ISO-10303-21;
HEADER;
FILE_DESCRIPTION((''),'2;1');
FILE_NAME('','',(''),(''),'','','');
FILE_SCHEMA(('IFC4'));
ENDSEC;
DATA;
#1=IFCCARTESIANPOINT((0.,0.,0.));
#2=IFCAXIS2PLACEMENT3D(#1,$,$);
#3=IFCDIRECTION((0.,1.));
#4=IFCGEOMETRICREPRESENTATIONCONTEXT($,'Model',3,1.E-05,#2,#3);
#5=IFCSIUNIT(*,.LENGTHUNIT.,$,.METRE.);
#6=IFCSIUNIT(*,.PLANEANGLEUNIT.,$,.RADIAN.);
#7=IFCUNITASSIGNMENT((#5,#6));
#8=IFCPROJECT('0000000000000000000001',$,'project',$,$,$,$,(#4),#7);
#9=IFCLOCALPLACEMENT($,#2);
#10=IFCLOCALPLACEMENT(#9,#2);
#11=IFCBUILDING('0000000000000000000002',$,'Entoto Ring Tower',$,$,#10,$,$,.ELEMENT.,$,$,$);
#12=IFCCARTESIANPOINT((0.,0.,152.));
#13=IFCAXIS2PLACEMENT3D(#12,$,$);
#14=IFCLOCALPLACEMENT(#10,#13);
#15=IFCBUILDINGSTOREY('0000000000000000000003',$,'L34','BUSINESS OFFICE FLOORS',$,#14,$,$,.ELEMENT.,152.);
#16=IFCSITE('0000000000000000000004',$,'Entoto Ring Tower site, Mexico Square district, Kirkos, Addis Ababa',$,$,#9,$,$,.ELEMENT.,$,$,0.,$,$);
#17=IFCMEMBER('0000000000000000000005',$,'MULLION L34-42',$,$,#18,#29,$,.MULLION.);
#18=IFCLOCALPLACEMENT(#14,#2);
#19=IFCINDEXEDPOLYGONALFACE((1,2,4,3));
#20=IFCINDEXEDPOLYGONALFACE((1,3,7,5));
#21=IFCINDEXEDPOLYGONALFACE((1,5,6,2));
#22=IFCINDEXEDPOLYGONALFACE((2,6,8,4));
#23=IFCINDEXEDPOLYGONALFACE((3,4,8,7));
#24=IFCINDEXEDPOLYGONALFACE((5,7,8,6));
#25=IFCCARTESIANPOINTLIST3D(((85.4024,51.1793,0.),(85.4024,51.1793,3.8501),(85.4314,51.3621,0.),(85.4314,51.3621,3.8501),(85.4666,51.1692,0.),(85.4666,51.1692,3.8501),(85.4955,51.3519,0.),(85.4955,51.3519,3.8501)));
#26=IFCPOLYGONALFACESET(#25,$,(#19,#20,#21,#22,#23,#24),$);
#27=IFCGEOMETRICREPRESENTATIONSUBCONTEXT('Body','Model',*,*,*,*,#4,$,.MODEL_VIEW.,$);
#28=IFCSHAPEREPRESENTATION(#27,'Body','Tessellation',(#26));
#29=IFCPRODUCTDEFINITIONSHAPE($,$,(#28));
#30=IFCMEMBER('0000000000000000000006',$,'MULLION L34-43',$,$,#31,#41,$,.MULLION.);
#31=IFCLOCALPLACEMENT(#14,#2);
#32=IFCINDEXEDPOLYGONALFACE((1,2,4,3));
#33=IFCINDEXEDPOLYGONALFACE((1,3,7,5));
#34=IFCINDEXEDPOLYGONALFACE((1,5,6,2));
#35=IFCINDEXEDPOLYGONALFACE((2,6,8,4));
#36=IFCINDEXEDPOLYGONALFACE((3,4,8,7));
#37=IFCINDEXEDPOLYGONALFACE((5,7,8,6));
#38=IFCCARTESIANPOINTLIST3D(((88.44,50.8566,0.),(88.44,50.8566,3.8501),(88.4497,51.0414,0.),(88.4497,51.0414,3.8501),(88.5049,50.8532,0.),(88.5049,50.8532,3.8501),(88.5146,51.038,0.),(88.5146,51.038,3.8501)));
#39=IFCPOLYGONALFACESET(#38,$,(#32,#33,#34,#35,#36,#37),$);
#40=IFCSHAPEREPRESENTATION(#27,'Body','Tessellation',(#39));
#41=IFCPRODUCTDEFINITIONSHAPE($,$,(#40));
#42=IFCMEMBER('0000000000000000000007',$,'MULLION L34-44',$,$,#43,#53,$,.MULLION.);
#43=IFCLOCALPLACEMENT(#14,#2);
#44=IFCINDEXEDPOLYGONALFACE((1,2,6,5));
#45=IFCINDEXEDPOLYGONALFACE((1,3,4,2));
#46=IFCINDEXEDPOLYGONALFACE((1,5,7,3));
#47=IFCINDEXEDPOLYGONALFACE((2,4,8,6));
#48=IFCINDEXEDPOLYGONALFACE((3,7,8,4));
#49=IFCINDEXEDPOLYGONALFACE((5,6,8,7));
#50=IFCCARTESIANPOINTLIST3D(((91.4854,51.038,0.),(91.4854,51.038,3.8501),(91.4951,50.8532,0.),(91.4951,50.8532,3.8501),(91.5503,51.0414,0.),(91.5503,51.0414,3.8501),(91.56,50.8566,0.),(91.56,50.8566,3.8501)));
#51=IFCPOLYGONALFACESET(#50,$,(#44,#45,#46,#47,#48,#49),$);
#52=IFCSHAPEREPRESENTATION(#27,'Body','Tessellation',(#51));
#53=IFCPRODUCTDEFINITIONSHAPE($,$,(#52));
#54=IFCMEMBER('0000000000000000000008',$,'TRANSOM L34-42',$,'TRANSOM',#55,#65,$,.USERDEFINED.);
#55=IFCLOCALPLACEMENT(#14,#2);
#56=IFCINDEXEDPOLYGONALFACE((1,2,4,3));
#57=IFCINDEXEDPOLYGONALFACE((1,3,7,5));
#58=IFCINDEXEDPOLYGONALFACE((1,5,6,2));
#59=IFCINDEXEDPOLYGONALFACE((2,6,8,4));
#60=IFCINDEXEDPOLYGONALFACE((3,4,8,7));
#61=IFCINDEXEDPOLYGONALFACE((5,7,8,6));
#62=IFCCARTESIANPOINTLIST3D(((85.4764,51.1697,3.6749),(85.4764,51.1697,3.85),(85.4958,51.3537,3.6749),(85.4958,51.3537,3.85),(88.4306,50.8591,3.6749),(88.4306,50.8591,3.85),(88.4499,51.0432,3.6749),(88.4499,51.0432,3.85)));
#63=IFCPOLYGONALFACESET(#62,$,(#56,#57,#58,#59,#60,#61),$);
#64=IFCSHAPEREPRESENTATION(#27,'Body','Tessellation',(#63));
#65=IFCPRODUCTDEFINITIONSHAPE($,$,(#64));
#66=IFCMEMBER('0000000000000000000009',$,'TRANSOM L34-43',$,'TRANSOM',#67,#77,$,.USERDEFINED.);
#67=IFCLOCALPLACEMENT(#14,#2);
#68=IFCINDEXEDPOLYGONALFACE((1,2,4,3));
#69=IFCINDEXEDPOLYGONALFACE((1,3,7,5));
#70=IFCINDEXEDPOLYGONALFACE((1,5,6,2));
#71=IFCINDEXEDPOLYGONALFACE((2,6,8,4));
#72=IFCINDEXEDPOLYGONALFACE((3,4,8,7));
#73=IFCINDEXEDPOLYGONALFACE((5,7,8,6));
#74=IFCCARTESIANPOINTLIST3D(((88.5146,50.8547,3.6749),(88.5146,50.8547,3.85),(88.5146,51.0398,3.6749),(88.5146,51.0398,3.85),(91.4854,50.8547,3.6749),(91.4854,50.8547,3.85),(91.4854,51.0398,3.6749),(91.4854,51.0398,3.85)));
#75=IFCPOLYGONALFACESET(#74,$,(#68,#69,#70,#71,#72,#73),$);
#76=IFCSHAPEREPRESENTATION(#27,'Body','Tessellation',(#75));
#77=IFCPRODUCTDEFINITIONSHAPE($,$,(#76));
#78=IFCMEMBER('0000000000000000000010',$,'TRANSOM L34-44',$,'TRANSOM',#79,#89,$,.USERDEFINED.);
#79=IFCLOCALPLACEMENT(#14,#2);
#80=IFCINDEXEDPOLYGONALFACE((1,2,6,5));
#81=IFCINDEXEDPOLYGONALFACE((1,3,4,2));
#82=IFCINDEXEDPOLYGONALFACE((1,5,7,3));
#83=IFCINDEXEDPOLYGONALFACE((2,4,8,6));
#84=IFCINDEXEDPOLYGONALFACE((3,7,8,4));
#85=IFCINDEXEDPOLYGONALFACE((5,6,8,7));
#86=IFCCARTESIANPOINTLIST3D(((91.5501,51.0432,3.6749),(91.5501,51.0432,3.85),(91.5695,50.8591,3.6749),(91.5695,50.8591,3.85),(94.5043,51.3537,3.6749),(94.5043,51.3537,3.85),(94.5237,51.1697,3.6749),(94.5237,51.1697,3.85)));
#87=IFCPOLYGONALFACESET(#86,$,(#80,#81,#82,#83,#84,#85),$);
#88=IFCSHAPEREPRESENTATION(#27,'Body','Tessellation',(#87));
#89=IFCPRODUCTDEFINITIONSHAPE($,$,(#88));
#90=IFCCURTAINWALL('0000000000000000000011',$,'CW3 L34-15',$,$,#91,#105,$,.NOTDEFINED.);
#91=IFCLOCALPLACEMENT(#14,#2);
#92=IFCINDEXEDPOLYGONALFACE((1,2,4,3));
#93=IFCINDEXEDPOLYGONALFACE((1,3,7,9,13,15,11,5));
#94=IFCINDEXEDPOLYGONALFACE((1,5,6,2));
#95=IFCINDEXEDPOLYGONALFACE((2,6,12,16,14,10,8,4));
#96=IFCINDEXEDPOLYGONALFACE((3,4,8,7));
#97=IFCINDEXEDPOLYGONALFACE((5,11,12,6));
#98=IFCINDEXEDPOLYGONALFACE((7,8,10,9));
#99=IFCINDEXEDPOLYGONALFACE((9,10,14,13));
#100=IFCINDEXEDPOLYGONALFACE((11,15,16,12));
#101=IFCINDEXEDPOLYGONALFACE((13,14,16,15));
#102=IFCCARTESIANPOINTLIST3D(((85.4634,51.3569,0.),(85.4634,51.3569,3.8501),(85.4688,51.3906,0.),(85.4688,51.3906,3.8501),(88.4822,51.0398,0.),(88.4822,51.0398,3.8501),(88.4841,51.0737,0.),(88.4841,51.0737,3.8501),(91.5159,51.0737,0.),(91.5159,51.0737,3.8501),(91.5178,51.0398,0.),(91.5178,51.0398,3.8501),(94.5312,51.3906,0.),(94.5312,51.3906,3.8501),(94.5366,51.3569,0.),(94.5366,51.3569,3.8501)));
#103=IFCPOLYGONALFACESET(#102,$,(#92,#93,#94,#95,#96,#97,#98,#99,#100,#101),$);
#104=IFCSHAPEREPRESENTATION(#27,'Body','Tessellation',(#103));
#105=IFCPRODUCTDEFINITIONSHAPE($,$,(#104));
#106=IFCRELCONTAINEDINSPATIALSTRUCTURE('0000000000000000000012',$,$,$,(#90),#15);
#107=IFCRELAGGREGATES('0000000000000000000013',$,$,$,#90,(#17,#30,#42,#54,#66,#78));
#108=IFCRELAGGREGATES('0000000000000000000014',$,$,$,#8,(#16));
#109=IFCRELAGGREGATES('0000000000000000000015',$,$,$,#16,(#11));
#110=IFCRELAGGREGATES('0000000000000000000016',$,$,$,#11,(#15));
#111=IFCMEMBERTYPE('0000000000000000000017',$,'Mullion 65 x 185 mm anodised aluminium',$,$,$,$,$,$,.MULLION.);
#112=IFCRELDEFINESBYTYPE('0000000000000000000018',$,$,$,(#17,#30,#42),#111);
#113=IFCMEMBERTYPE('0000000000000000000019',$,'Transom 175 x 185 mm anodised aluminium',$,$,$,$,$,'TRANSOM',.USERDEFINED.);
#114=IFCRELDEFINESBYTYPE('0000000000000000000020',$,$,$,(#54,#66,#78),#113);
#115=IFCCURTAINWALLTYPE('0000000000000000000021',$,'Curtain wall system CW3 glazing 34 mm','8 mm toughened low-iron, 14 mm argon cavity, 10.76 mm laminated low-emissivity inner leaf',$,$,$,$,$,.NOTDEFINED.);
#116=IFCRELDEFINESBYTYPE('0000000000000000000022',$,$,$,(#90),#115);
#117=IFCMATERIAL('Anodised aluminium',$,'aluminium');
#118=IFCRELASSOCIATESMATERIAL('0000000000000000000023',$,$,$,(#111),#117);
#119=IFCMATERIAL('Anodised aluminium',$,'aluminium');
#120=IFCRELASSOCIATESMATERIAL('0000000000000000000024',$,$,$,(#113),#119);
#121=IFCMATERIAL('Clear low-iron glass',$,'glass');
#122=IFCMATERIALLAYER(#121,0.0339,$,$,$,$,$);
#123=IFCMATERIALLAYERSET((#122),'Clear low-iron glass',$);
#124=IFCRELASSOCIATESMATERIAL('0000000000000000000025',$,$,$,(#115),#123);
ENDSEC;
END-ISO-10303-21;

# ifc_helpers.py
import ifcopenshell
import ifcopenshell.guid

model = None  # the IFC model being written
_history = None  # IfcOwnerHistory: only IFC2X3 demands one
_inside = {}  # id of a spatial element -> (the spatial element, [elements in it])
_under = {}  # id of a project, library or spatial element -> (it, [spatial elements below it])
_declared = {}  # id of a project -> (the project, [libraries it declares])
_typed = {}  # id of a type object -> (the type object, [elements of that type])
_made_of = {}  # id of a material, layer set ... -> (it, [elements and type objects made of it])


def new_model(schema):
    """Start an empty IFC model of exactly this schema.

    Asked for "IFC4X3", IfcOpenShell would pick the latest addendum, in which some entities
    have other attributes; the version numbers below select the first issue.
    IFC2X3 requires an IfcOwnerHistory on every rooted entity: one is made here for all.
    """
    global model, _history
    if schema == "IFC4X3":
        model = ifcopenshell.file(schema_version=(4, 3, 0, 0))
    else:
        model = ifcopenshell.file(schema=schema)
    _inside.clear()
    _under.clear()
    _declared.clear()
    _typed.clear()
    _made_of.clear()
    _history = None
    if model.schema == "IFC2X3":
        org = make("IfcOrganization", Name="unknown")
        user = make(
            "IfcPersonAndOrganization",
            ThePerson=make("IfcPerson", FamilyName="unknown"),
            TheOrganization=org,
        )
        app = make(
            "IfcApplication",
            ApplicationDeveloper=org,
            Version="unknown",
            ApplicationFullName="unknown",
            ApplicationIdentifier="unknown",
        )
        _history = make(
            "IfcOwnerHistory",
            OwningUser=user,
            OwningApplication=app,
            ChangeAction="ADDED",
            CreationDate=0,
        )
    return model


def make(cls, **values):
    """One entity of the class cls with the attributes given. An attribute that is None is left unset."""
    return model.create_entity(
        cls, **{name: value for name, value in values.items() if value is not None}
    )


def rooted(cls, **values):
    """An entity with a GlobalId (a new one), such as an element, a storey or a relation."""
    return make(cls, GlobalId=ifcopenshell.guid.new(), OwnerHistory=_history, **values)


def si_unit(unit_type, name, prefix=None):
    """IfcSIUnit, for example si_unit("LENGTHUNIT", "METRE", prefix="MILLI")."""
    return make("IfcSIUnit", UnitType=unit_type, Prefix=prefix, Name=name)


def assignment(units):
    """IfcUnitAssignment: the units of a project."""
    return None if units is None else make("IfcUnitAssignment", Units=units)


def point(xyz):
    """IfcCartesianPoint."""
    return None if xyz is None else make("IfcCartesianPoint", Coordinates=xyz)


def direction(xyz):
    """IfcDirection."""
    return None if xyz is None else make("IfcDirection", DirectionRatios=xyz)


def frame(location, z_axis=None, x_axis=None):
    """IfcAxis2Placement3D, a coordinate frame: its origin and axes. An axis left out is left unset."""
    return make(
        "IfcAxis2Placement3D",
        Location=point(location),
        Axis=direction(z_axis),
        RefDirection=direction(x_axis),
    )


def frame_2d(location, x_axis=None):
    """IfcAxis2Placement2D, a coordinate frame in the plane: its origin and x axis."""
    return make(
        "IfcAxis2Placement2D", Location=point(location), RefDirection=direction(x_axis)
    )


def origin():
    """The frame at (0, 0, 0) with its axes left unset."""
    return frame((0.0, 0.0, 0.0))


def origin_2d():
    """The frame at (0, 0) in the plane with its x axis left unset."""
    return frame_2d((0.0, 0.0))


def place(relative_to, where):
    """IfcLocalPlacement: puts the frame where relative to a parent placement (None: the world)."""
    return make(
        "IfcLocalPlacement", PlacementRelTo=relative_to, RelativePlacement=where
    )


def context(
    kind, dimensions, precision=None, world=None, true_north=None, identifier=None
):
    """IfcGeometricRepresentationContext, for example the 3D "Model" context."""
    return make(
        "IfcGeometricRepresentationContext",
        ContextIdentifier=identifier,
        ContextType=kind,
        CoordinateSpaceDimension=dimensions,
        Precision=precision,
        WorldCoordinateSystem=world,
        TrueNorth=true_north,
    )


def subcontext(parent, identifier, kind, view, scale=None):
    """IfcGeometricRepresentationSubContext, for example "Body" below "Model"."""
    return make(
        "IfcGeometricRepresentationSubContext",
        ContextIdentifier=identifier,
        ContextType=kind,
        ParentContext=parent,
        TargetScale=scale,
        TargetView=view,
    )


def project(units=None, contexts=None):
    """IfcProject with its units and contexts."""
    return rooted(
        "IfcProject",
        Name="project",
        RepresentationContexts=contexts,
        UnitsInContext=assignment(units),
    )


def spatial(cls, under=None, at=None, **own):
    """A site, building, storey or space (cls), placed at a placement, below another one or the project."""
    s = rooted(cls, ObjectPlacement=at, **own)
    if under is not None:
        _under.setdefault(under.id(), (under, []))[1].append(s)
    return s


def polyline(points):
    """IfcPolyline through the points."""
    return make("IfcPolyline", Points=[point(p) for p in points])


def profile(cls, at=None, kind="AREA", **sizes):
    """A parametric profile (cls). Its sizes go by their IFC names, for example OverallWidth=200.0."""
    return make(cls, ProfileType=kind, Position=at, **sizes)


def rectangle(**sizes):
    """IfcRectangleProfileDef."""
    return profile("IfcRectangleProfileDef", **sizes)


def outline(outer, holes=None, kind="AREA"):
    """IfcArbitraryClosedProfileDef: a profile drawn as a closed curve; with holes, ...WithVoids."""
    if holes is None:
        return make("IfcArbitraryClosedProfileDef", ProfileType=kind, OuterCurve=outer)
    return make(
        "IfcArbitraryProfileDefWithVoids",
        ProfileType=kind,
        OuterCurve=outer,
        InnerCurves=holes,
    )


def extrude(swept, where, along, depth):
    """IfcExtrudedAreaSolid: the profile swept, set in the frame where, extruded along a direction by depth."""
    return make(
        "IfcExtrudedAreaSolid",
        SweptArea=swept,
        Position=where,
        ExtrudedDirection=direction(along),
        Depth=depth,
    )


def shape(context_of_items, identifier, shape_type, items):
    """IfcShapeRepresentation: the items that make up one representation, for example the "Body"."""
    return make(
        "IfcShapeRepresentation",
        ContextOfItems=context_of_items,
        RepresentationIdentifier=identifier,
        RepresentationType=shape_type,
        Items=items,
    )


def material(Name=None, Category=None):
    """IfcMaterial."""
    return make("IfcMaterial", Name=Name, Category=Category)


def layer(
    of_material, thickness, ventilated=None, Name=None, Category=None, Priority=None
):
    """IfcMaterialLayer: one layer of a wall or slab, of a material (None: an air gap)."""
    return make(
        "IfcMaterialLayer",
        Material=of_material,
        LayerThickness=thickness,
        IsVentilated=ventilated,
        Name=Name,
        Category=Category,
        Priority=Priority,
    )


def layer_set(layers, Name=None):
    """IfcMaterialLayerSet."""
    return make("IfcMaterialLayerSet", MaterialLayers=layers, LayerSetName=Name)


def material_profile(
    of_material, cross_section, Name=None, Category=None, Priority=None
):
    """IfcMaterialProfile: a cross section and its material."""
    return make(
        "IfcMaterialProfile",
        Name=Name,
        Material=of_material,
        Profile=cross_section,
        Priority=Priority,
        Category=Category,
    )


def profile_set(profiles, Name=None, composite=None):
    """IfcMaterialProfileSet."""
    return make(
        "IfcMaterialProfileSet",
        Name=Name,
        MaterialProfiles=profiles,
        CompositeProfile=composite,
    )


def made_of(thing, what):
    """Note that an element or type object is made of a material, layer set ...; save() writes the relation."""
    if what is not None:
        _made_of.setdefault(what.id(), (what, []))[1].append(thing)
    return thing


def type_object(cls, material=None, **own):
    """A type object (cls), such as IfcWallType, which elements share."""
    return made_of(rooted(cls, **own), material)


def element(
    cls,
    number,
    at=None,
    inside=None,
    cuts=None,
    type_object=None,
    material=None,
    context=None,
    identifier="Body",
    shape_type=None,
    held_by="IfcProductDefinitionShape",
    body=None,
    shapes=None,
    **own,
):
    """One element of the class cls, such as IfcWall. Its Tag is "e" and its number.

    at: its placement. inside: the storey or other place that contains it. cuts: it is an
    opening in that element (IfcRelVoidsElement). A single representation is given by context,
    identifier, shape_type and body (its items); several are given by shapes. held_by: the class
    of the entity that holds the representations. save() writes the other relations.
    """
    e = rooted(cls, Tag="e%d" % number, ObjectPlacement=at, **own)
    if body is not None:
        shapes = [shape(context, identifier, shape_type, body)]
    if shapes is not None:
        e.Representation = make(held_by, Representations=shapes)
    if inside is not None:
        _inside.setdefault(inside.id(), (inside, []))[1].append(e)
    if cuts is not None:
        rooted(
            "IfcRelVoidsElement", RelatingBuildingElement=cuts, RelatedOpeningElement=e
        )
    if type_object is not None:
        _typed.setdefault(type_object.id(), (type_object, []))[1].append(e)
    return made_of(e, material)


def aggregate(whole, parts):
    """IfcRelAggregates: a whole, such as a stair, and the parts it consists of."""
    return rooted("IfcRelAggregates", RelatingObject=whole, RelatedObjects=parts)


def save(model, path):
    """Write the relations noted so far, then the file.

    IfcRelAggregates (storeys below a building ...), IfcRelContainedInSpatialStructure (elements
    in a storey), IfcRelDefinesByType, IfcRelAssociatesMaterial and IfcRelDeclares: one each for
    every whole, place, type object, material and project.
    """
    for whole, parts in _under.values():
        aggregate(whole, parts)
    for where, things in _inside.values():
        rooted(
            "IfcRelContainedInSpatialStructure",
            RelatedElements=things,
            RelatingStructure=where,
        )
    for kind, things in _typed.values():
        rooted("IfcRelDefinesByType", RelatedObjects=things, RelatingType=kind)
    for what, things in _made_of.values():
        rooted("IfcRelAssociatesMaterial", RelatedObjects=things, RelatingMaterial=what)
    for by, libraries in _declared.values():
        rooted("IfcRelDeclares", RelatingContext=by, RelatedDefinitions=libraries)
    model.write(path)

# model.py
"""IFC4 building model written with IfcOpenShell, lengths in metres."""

from ifc_helpers import new_model, si_unit, direction, frame, origin, origin_2d, place, context, subcontext, project, spatial, polyline, rectangle, outline, extrude, material, layer, layer_set, material_profile, profile_set, type_object, element, aggregate, save


model = new_model("IFC4")

# Units and contexts
model_context = context("Model", 3, precision=1e-05, world=origin(), true_north=direction((0.0, 1.0)))
body_context = subcontext(model_context, "Body", "Model", "MODEL_VIEW")
ifc_project = project(units=[si_unit("LENGTHUNIT", "METRE"), si_unit("PLANEANGLEUNIT", "RADIAN")], contexts=[model_context])

# Members
ifc_material_1 = material(Name="Anodised aluminium", Category="aluminium")
ifc_material_profile_1 = material_profile(ifc_material_1, rectangle(XDim=0.0649, YDim=0.1851, at=origin_2d()), Name="Mullion 65 x 185 mm anodised aluminium")
ifc_profile_set_1 = profile_set([ifc_material_profile_1], Name="Anodised aluminium")
member_type_1 = type_object("IfcMemberType", Name="Mullion 65 x 185 mm anodised aluminium", PredefinedType="MULLION", material=ifc_profile_set_1)
site_placement = place(None, origin())
building_placement = place(site_placement, origin())
storey_placement = place(building_placement, frame((0.0, 0.0, 152.0)))
member_1_placement = place(storey_placement, frame((85.449, 51.2656, 0.0), z_axis=(0.0, 0.0, 1.0), x_axis=(0.987688, -0.156434, 0.0)))
member_1 = element("IfcMember", 1, at=member_1_placement, type_object=member_type_1, Name="MULLION L34-42", PredefinedType="MULLION", context=body_context, shape_type="SweptSolid", body=[
    extrude(rectangle(XDim=0.0649, YDim=0.1851, at=origin_2d()), origin(), (0.0, 0.0, 1.0), 3.8501),
])
member_2_placement = place(storey_placement, frame((88.4773, 50.9473, 0.0), z_axis=(0.0, 0.0, 1.0), x_axis=(0.99863, -0.052336, 0.0)))
member_2 = element("IfcMember", 2, at=member_2_placement, type_object=member_type_1, Name="MULLION L34-43", PredefinedType="MULLION", context=body_context, shape_type="SweptSolid", body=[
    extrude(rectangle(XDim=0.0649, YDim=0.1851, at=origin_2d()), origin(), (0.0, 0.0, 1.0), 3.8501),
])
member_3_placement = place(storey_placement, frame((91.5227, 50.9473, 0.0), z_axis=(0.0, 0.0, 1.0), x_axis=(0.99863, 0.052336, 0.0)))
member_3 = element("IfcMember", 3, at=member_3_placement, type_object=member_type_1, Name="MULLION L34-44", PredefinedType="MULLION", context=body_context, shape_type="SweptSolid", body=[
    extrude(rectangle(XDim=0.0649, YDim=0.1851, at=origin_2d()), origin(), (0.0, 0.0, 1.0), 3.8501),
])
ifc_material_2 = material(Name="Anodised aluminium", Category="aluminium")
ifc_material_profile_2 = material_profile(ifc_material_2, rectangle(XDim=0.1851, YDim=0.175, at=origin_2d()), Name="Transom 175 x 185 mm anodised aluminium")
ifc_profile_set_2 = profile_set([ifc_material_profile_2], Name="Anodised aluminium")
member_type_2 = type_object("IfcMemberType", Name="Transom 175 x 185 mm anodised aluminium", ElementType="TRANSOM", PredefinedType="USERDEFINED", material=ifc_profile_set_2)
member_4_placement = place(storey_placement, frame((85.4861, 51.2617, 3.7625), z_axis=(0.99452, -0.104548, 0.0), x_axis=(0.104548, 0.99452, 0.0)))
member_4 = element("IfcMember", 4, at=member_4_placement, type_object=member_type_2, Name="TRANSOM L34-42", ObjectType="TRANSOM", PredefinedType="USERDEFINED", context=body_context, shape_type="SweptSolid", body=[
    extrude(rectangle(XDim=0.1851, YDim=0.175, at=origin_2d()), origin(), (0.0, 0.0, 1.0), 2.9705),
])
member_5_placement = place(storey_placement, frame((88.5146, 50.9473, 3.7625), z_axis=(1.0, 0.0, 0.0), x_axis=(0.0, 1.0, 0.0)))
member_5 = element("IfcMember", 5, at=member_5_placement, type_object=member_type_2, Name="TRANSOM L34-43", ObjectType="TRANSOM", PredefinedType="USERDEFINED", context=body_context, shape_type="SweptSolid", body=[
    extrude(rectangle(XDim=0.1851, YDim=0.175, at=origin_2d()), origin(), (0.0, 0.0, 1.0), 2.9707),
])
member_6_placement = place(storey_placement, frame((91.5598, 50.9512, 3.7625), z_axis=(0.99452, 0.104548, 0.0), x_axis=(-0.104548, 0.99452, 0.0)))
member_6 = element("IfcMember", 6, at=member_6_placement, type_object=member_type_2, Name="TRANSOM L34-44", ObjectType="TRANSOM", PredefinedType="USERDEFINED", context=body_context, shape_type="SweptSolid", body=[
    extrude(rectangle(XDim=0.1851, YDim=0.175, at=origin_2d()), origin(), (0.0, 0.0, 1.0), 2.9705),
])

# Site, building, storey
site = spatial("IfcSite", under=ifc_project, at=site_placement, Name="Entoto Ring Tower site, Mexico Square district, Kirkos, Addis Ababa", CompositionType="ELEMENT", RefElevation=0.0)
building = spatial("IfcBuilding", under=site, at=building_placement, Name="Entoto Ring Tower", CompositionType="ELEMENT")
storey = spatial("IfcBuildingStorey", under=building, at=storey_placement, Name="L34", Description="BUSINESS OFFICE FLOORS", CompositionType="ELEMENT", Elevation=152.0)

# Curtain wall
ifc_material_3 = material(Name="Clear low-iron glass", Category="glass")
ifc_layer = layer(ifc_material_3, 0.0339)
ifc_layer_set = layer_set([ifc_layer], Name="Clear low-iron glass")
curtain_wall_type = type_object("IfcCurtainWallType", Name="Curtain wall system CW3 glazing 34 mm", Description="8 mm toughened low-iron, 14 mm argon cavity, 10.76 mm laminated low-emissivity inner leaf", PredefinedType="NOTDEFINED", material=ifc_layer_set)
curtain_wall_1_placement = place(storey_placement, origin())
curtain_wall_1 = element("IfcCurtainWall", 7, at=curtain_wall_1_placement, inside=storey, type_object=curtain_wall_type, Name="CW3 L34-15", PredefinedType="NOTDEFINED", context=body_context, shape_type="SweptSolid", body=[
    extrude(outline(polyline([(85.4634, 51.3569), (88.4822, 51.0398), (91.5178, 51.0398), (94.5366, 51.3569), (94.5312, 51.3906), (91.5159, 51.0737), (88.4841, 51.0737), (85.4688, 51.3906), (85.4634, 51.3569)])), origin(), (0.0, 0.0, 1.0), 3.8501),
])
aggregate(curtain_wall_1, [member_1, member_2, member_3, member_4, member_5, member_6])

save(model, "model.ifc")
